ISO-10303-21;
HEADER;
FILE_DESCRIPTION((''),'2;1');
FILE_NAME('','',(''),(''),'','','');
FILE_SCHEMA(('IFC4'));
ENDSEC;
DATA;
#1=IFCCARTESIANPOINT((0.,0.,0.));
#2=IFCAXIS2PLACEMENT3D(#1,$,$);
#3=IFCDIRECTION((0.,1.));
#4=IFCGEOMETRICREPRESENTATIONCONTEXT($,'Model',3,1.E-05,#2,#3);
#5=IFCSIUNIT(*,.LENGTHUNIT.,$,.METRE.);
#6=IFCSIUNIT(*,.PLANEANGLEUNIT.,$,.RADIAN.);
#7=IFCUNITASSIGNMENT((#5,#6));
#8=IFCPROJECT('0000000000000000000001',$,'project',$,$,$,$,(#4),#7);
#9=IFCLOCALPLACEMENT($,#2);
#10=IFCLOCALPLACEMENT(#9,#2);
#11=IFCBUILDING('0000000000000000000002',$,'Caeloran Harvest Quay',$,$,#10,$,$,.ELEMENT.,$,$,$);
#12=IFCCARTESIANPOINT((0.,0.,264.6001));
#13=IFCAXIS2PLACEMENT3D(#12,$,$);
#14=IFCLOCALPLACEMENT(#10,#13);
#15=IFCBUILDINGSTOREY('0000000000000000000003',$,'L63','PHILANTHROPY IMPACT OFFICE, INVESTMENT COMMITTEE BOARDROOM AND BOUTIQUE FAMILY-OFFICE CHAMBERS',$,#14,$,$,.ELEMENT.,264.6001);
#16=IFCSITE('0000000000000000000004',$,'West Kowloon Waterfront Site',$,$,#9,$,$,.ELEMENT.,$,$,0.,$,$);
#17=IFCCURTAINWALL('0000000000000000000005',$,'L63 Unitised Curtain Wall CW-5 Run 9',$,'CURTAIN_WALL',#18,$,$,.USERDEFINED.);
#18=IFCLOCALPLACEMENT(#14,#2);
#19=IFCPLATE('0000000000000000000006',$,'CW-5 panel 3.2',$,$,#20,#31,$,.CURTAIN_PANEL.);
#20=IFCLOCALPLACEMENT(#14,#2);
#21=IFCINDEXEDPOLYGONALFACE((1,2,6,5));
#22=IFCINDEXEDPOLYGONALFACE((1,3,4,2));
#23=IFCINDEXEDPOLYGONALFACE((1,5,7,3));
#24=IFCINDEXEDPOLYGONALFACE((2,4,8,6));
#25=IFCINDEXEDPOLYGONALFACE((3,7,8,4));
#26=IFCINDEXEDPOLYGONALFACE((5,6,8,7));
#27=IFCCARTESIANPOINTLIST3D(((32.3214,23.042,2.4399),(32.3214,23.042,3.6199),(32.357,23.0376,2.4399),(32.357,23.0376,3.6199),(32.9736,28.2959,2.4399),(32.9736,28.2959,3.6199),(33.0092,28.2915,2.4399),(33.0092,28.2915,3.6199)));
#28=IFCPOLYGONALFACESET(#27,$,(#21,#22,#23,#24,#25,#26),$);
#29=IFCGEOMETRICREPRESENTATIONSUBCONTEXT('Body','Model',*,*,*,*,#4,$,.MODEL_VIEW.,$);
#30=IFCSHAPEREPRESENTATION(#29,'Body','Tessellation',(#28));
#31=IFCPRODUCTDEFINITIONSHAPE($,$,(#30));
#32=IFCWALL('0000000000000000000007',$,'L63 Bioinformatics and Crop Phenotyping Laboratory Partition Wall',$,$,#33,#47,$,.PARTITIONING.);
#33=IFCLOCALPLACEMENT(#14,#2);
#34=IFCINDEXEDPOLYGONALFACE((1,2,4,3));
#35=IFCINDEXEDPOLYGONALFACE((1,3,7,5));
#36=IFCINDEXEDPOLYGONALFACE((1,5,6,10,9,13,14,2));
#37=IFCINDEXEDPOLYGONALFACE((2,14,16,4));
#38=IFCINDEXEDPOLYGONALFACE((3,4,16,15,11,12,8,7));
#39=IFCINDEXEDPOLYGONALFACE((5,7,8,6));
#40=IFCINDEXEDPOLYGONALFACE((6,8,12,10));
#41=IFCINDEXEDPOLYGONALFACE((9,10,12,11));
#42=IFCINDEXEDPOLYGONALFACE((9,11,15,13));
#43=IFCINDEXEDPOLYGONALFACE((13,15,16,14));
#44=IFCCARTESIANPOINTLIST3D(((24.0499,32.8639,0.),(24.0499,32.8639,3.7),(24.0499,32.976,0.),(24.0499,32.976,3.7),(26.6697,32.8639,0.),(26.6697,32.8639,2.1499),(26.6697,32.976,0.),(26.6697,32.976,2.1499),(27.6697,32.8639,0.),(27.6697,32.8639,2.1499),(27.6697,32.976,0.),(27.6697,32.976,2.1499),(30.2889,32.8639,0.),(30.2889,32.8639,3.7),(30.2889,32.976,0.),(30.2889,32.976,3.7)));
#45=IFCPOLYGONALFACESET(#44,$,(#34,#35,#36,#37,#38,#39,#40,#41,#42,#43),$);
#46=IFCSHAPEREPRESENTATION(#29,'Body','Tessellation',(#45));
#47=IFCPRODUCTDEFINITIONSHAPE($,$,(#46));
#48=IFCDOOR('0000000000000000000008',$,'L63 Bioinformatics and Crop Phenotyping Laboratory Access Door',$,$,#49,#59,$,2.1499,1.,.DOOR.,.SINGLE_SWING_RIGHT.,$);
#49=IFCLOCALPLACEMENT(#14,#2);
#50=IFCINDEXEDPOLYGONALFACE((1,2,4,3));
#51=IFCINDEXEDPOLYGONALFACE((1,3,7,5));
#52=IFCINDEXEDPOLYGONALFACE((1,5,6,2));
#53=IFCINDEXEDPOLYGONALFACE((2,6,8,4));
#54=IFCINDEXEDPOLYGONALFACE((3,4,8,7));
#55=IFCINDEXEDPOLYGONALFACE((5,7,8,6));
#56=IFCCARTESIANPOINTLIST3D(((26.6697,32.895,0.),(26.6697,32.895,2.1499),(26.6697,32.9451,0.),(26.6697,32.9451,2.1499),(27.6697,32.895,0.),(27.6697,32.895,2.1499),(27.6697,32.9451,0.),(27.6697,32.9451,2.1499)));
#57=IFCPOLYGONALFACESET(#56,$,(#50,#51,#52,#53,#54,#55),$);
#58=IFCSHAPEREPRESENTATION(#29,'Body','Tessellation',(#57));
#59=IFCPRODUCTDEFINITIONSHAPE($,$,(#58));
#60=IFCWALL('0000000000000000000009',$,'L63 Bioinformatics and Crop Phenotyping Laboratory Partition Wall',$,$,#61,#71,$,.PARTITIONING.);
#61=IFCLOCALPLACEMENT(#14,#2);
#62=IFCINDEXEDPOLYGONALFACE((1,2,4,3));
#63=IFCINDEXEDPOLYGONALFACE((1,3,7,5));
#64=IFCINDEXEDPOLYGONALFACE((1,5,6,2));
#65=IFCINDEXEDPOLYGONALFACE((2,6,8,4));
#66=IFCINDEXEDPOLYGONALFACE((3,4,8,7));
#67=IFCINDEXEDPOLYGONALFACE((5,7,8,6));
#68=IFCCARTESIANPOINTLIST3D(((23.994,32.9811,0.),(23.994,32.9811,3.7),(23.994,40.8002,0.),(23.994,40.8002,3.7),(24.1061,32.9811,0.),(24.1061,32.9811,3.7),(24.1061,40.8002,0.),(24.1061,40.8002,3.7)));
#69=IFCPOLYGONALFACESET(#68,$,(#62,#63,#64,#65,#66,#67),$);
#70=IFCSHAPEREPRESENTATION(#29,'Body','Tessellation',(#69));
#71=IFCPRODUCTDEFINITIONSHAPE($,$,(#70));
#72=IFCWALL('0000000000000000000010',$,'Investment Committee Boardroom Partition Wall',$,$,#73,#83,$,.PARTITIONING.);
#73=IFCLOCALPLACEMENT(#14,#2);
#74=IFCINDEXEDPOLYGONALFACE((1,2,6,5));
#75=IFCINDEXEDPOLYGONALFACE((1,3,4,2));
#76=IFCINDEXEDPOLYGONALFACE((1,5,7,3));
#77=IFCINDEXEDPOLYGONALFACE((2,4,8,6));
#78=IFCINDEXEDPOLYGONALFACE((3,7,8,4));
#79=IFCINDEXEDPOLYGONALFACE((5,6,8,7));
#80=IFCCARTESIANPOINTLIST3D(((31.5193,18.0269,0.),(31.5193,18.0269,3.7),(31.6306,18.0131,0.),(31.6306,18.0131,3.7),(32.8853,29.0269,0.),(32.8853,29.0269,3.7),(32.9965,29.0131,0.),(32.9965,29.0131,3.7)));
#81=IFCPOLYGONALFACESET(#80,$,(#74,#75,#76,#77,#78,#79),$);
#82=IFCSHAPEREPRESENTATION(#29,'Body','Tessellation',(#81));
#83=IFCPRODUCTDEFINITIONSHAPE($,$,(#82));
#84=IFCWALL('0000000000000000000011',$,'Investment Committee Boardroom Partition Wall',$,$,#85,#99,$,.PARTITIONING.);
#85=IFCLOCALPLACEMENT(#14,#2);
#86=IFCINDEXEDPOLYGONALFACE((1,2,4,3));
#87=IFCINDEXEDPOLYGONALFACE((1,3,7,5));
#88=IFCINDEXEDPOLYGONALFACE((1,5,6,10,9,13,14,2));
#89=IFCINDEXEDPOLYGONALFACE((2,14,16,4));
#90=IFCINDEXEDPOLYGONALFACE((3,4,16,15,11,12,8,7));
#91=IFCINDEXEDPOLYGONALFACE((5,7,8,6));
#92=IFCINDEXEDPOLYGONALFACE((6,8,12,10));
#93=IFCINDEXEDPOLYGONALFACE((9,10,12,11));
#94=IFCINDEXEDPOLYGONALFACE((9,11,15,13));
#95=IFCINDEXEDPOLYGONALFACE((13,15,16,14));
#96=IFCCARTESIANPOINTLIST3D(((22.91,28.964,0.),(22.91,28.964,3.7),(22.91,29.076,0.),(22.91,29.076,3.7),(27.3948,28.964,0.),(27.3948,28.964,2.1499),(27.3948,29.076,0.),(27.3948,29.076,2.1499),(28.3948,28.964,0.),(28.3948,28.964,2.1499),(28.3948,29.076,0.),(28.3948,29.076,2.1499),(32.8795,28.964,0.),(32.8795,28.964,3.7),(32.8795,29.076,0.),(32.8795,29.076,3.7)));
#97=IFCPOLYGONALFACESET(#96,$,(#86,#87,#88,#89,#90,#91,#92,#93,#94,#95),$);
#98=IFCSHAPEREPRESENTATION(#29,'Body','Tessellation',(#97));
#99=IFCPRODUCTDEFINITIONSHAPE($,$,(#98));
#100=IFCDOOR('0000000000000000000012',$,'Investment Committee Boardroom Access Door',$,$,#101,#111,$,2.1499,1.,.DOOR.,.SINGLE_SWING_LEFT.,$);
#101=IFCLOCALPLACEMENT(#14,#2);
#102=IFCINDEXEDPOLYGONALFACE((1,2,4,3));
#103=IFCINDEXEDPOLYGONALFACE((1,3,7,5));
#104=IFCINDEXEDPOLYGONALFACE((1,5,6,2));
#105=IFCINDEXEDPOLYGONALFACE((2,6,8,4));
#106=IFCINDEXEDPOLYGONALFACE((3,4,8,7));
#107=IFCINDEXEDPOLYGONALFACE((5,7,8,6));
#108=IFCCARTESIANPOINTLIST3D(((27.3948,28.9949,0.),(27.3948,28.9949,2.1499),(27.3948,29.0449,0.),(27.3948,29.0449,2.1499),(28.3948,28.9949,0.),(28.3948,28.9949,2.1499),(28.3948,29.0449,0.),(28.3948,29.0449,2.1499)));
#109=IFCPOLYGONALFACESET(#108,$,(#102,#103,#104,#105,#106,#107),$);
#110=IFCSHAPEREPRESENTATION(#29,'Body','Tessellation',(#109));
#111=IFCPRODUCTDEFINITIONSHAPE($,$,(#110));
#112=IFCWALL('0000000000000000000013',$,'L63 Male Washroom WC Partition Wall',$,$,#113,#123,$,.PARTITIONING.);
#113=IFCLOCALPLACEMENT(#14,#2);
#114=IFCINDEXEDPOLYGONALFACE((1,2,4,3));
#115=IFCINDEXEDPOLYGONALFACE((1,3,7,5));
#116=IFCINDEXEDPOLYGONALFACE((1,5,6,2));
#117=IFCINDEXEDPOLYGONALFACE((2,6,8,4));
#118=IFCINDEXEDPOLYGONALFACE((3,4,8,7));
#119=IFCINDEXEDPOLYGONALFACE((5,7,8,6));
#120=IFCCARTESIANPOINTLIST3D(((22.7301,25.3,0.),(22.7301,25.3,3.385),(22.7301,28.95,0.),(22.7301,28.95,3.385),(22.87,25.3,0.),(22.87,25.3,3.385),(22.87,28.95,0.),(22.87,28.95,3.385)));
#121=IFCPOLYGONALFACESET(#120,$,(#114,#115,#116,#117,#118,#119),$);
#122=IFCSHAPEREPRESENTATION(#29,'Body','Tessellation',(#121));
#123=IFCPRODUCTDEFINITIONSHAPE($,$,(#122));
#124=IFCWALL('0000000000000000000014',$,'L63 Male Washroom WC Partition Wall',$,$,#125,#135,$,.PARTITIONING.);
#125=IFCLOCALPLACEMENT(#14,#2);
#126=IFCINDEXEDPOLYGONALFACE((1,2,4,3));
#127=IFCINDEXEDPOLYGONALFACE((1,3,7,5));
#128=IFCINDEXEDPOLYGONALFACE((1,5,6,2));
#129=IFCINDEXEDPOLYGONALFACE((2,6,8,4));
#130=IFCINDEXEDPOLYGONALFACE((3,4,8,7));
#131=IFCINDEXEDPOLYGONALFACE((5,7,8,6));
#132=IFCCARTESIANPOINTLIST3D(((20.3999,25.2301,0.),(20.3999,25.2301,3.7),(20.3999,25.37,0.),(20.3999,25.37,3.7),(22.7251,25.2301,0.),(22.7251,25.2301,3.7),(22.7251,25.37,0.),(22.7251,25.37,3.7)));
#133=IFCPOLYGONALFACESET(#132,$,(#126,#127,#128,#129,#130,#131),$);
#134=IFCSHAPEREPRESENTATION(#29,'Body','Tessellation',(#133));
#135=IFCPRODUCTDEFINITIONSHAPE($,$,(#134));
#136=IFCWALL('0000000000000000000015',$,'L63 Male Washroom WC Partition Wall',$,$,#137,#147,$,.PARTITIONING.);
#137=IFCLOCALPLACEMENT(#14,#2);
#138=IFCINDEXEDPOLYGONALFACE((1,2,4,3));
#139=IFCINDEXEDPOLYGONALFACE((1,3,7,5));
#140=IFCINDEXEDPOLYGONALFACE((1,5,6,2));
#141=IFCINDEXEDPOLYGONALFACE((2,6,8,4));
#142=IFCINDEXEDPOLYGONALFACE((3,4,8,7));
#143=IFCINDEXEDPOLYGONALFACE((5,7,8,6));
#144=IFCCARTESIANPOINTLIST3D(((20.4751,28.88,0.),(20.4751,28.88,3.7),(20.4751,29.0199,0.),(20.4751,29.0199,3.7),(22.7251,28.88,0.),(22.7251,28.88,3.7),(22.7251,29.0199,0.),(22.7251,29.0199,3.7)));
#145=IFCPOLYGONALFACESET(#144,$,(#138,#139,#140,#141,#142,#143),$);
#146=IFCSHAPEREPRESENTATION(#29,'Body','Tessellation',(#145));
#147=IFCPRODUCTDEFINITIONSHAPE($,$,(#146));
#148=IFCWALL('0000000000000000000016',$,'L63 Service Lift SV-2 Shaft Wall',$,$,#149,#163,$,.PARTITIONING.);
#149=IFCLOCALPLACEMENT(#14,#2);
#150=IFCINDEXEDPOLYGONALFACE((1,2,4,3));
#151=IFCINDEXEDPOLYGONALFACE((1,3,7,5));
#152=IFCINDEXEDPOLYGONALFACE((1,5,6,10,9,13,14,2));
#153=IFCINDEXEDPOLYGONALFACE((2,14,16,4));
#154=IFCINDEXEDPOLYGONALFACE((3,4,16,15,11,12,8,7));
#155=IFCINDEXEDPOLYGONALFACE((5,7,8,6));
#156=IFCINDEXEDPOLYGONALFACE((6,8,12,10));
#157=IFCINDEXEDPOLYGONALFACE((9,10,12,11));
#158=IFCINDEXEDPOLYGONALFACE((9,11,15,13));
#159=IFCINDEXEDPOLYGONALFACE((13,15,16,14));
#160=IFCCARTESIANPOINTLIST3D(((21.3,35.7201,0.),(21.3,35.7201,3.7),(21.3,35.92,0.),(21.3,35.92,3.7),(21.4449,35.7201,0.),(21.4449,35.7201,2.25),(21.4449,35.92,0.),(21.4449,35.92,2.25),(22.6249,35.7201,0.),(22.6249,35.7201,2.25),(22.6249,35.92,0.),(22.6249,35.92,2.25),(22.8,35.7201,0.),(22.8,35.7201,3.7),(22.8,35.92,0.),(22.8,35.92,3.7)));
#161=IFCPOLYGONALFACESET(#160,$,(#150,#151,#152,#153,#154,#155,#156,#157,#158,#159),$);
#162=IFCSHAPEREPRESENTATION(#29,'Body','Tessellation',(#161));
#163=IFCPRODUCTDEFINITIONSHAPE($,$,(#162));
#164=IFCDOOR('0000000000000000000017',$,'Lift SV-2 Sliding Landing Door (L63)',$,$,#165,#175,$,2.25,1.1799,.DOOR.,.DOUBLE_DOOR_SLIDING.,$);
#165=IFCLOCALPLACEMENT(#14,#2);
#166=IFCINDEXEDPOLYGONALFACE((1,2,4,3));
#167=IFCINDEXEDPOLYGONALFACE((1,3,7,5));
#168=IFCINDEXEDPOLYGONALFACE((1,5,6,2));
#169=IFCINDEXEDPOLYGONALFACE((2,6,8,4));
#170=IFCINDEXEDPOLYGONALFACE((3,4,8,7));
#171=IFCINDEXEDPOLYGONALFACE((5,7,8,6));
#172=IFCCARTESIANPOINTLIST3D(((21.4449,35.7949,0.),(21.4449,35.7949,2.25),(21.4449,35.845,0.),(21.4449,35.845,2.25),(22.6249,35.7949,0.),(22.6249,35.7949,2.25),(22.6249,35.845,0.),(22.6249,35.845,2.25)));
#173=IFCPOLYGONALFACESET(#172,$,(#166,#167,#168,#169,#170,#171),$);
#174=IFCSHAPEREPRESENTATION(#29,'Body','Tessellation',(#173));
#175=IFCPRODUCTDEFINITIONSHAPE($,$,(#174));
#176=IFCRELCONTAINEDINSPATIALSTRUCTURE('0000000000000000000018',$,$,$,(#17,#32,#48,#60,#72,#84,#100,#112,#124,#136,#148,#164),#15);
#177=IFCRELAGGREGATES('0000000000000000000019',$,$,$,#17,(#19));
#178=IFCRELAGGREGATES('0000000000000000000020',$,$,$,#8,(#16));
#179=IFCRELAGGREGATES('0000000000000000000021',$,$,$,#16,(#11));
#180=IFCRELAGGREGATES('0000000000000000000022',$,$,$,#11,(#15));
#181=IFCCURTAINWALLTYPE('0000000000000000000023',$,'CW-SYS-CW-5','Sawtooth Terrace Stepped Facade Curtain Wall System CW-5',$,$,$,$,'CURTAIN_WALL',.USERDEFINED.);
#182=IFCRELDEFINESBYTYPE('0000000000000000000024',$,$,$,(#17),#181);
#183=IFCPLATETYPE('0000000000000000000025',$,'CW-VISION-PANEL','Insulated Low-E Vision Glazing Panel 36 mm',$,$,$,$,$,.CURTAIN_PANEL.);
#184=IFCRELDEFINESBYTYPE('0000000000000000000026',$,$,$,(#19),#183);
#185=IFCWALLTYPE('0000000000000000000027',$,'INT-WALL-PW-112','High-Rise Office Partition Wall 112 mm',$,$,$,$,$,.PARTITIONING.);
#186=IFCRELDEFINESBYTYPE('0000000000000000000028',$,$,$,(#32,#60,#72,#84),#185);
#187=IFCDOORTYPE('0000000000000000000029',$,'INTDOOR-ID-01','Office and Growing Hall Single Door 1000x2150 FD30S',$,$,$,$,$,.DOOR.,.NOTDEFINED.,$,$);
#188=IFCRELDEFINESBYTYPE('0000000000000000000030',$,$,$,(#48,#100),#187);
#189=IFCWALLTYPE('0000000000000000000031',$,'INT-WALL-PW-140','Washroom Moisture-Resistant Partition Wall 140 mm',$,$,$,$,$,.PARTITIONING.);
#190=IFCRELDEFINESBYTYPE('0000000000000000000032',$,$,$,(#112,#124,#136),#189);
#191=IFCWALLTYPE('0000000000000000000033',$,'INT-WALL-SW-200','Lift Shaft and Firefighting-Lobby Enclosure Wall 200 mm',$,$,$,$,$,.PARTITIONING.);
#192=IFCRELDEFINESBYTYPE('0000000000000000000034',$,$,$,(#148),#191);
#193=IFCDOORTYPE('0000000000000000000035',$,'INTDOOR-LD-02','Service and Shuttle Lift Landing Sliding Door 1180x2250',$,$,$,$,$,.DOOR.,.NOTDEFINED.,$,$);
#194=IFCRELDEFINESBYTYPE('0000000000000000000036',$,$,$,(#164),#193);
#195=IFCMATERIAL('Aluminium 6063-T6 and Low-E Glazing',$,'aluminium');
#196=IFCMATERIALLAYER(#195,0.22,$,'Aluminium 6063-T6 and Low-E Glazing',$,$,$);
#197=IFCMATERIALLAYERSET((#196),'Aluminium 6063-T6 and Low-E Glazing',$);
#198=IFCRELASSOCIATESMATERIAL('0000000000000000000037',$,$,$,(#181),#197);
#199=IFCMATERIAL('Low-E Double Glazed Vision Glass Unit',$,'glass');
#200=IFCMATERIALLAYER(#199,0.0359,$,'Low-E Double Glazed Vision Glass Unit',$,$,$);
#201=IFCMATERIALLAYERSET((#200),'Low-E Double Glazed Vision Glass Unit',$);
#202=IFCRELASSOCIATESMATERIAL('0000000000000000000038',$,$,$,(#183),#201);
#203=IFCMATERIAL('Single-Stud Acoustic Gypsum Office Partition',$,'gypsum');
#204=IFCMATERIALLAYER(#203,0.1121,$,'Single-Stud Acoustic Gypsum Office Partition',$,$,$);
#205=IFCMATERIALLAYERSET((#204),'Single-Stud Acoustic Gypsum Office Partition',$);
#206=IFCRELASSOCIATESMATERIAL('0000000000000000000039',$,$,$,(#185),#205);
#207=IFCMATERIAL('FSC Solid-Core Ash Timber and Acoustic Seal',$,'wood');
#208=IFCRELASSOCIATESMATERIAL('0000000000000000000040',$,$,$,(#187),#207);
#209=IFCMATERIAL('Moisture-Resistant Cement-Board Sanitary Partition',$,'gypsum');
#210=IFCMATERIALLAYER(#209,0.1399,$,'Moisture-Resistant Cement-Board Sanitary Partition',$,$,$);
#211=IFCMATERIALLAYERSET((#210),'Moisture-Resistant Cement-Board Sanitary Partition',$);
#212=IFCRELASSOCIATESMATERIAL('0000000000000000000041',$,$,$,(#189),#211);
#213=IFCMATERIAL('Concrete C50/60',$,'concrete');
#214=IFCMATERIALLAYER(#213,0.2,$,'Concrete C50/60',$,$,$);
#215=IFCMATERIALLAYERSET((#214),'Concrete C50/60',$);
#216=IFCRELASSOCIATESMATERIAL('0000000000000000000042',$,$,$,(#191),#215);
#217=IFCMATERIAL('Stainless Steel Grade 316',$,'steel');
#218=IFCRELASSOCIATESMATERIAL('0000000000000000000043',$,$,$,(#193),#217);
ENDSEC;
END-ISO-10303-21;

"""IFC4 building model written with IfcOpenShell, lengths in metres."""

from ifc_helpers import new_model, si_unit, direction, frame, frame_2d, origin, origin_2d, place, context, subcontext, project, spatial, rectangle, extrude, material, layer, layer_set, type_object, element, fill, aggregate, save


model = new_model("IFC4")

# Units and contexts
model_context = context("Model", 3, precision=1e-05, world=origin(), true_north=direction((0.0, 1.0)))
body_context = subcontext(model_context, "Body", "Model", "MODEL_VIEW")
ifc_project = project(units=[si_unit("LENGTHUNIT", "METRE"), si_unit("PLANEANGLEUNIT", "RADIAN")], contexts=[model_context])

# Site, building, storey
site_placement = place(None, origin())
site = spatial("IfcSite", under=ifc_project, at=site_placement, Name="West Kowloon Waterfront Site", CompositionType="ELEMENT", RefElevation=0.0)
building_placement = place(site_placement, origin())
building = spatial("IfcBuilding", under=site, at=building_placement, Name="Caeloran Harvest Quay", CompositionType="ELEMENT")
storey_placement = place(building_placement, frame((0.0, 0.0, 264.6001)))
storey = spatial("IfcBuildingStorey", under=building, at=storey_placement, Name="L63", Description="PHILANTHROPY IMPACT OFFICE, INVESTMENT COMMITTEE BOARDROOM AND BOUTIQUE FAMILY-OFFICE CHAMBERS", CompositionType="ELEMENT", Elevation=264.6001)

# Curtain wall, plate
ifc_material_1 = material(Name="Aluminium 6063-T6 and Low-E Glazing", Category="aluminium")
ifc_layer_1 = layer(ifc_material_1, 0.22, Name="Aluminium 6063-T6 and Low-E Glazing")
ifc_layer_set_1 = layer_set([ifc_layer_1], Name="Aluminium 6063-T6 and Low-E Glazing")
curtain_wall_type = type_object("IfcCurtainWallType", Name="CW-SYS-CW-5", Description="Sawtooth Terrace Stepped Facade Curtain Wall System CW-5", ElementType="CURTAIN_WALL", PredefinedType="USERDEFINED", material=ifc_layer_set_1)
curtain_wall_placement = place(storey_placement, origin())
curtain_wall = element("IfcCurtainWall", 1, at=curtain_wall_placement, inside=storey, type_object=curtain_wall_type, Name="L63 Unitised Curtain Wall CW-5 Run 9", ObjectType="CURTAIN_WALL", PredefinedType="USERDEFINED")
ifc_material_2 = material(Name="Low-E Double Glazed Vision Glass Unit", Category="glass")
ifc_layer_2 = layer(ifc_material_2, 0.0359, Name="Low-E Double Glazed Vision Glass Unit")
ifc_layer_set_2 = layer_set([ifc_layer_2], Name="Low-E Double Glazed Vision Glass Unit")
plate_type = type_object("IfcPlateType", Name="CW-VISION-PANEL", Description="Insulated Low-E Vision Glazing Panel 36 mm", PredefinedType="CURTAIN_PANEL", material=ifc_layer_set_2)
plate_1_placement = place(storey_placement, frame((32.6653, 25.6667, 2.4399), z_axis=(0.0, 0.0, 1.0), x_axis=(-0.12319, -0.992383, 0.0)))
plate_1 = element("IfcPlate", 2, at=plate_1_placement, type_object=plate_type, Name="CW-5 panel 3.2", PredefinedType="CURTAIN_PANEL", context=body_context, shape_type="SweptSolid", body=[
    extrude(rectangle(XDim=5.2942, YDim=0.0359, at=origin_2d()), origin(), (0.0, 0.0, 1.0), 1.1799),
])
aggregate(curtain_wall, [plate_1])

# Wall, opening, door
ifc_material_3 = material(Name="Single-Stud Acoustic Gypsum Office Partition", Category="gypsum")
ifc_layer_3 = layer(ifc_material_3, 0.1121, Name="Single-Stud Acoustic Gypsum Office Partition")
ifc_layer_set_3 = layer_set([ifc_layer_3], Name="Single-Stud Acoustic Gypsum Office Partition")
wall_type_1 = type_object("IfcWallType", Name="INT-WALL-PW-112", Description="High-Rise Office Partition Wall 112 mm", PredefinedType="PARTITIONING", material=ifc_layer_set_3)
wall_1_placement = place(storey_placement, frame((30.2891, 32.9199, 0.0), z_axis=(0.0, 0.0, 1.0), x_axis=(-1.0, 0.0, 0.0)))
wall_1 = element("IfcWall", 3, at=wall_1_placement, inside=storey, type_object=wall_type_1, Name="L63 Bioinformatics and Crop Phenotyping Laboratory Partition Wall", PredefinedType="PARTITIONING", context=body_context, shape_type="SweptSolid", body=[
    extrude(rectangle(XDim=6.239, YDim=0.1121, at=frame_2d((3.1196, 0.0))), origin(), (0.0, 0.0, 1.0), 3.7),
])
opening_1_placement = place(wall_1_placement, frame((2.6194, 0.0, 0.0)))
opening_1 = element("IfcOpeningElement", 4, at=opening_1_placement, cuts=wall_1, PredefinedType="OPENING", context=body_context, shape_type="SweptSolid", body=[
    extrude(rectangle(XDim=1.0, YDim=2.1499, at=frame_2d((0.5, 1.075))), frame((0.0, 0.0659, 0.0), z_axis=(0.0, -1.0, 0.0), x_axis=(1.0, 0.0, 0.0)), (0.0, 0.0, 1.0), 0.1321),
])
ifc_material_4 = material(Name="FSC Solid-Core Ash Timber and Acoustic Seal", Category="wood")
door_type_1 = type_object("IfcDoorType", Name="INTDOOR-ID-01", Description="Office and Growing Hall Single Door 1000x2150 FD30S", OperationType="NOTDEFINED", PredefinedType="DOOR", material=ifc_material_4)
door_1_placement = place(opening_1_placement, origin())
door_1 = element("IfcDoor", 5, at=door_1_placement, inside=storey, type_object=door_type_1, Name="L63 Bioinformatics and Crop Phenotyping Laboratory Access Door", OperationType="SINGLE_SWING_RIGHT", OverallHeight=2.1499, OverallWidth=1.0, PredefinedType="DOOR", context=body_context, shape_type="SweptSolid", body=[
    extrude(rectangle(XDim=1.0, YDim=2.1499, at=frame_2d((0.5, 1.075))), frame((0.0, 0.0249, 0.0), z_axis=(0.0, -1.0, 0.0), x_axis=(1.0, 0.0, 0.0)), (0.0, 0.0, 1.0), 0.05),
])
fill(opening_1, door_1)

# Walls
wall_2_placement = place(storey_placement, frame((24.05, 32.981, 0.0), z_axis=(0.0, 0.0, 1.0), x_axis=(0.0, 1.0, 0.0)))
element("IfcWall", 6, at=wall_2_placement, inside=storey, type_object=wall_type_1, Name="L63 Bioinformatics and Crop Phenotyping Laboratory Partition Wall", PredefinedType="PARTITIONING", context=body_context, shape_type="SweptSolid", body=[
    extrude(rectangle(XDim=7.8191, YDim=0.1121, at=frame_2d((3.9097, 0.0))), origin(), (0.0, 0.0, 1.0), 3.7),
])
wall_3_placement = place(storey_placement, frame((32.9409, 29.02, 0.0), z_axis=(0.0, 0.0, 1.0), x_axis=(-0.123232, -0.992378, 0.0)))
element("IfcWall", 7, at=wall_3_placement, inside=storey, type_object=wall_type_1, Name="Investment Committee Boardroom Partition Wall", PredefinedType="PARTITIONING", context=body_context, shape_type="SweptSolid", body=[
    extrude(rectangle(XDim=11.0845, YDim=0.1121, at=frame_2d((5.5422, 0.0))), origin(), (0.0, 0.0, 1.0), 3.7),
])

# Wall, opening, door
wall_4_placement = place(storey_placement, frame((22.9099, 29.02, 0.0), z_axis=(0.0, 0.0, 1.0), x_axis=(1.0, 0.0, 0.0)))
wall_4 = element("IfcWall", 8, at=wall_4_placement, inside=storey, type_object=wall_type_1, Name="Investment Committee Boardroom Partition Wall", PredefinedType="PARTITIONING", context=body_context, shape_type="SweptSolid", body=[
    extrude(rectangle(XDim=9.9695, YDim=0.1121, at=frame_2d((4.9849, 0.0))), origin(), (0.0, 0.0, 1.0), 3.7),
])
opening_2_placement = place(wall_4_placement, frame((4.4849, 0.0, 0.0)))
opening_2 = element("IfcOpeningElement", 9, at=opening_2_placement, cuts=wall_4, PredefinedType="OPENING", context=body_context, shape_type="SweptSolid", body=[
    extrude(rectangle(XDim=1.0, YDim=2.1499, at=frame_2d((0.5, 1.075))), frame((0.0, 0.0659, 0.0), z_axis=(0.0, -1.0, 0.0), x_axis=(1.0, 0.0, 0.0)), (0.0, 0.0, 1.0), 0.1321),
])
door_2_placement = place(opening_2_placement, origin())
door_2 = element("IfcDoor", 10, at=door_2_placement, inside=storey, type_object=door_type_1, Name="Investment Committee Boardroom Access Door", OperationType="SINGLE_SWING_LEFT", OverallHeight=2.1499, OverallWidth=1.0, PredefinedType="DOOR", context=body_context, shape_type="SweptSolid", body=[
    extrude(rectangle(XDim=1.0, YDim=2.1499, at=frame_2d((0.5, 1.075))), frame((0.0, 0.0249, 0.0), z_axis=(0.0, -1.0, 0.0), x_axis=(1.0, 0.0, 0.0)), (0.0, 0.0, 1.0), 0.05),
])
fill(opening_2, door_2)

# Walls
ifc_material_5 = material(Name="Moisture-Resistant Cement-Board Sanitary Partition", Category="gypsum")
ifc_layer_4 = layer(ifc_material_5, 0.1399, Name="Moisture-Resistant Cement-Board Sanitary Partition")
ifc_layer_set_4 = layer_set([ifc_layer_4], Name="Moisture-Resistant Cement-Board Sanitary Partition")
wall_type_2 = type_object("IfcWallType", Name="INT-WALL-PW-140", Description="Washroom Moisture-Resistant Partition Wall 140 mm", PredefinedType="PARTITIONING", material=ifc_layer_set_4)
wall_5_placement = place(storey_placement, frame((22.8, 28.95, 0.0), z_axis=(0.0, 0.0, 1.0), x_axis=(0.0, -1.0, 0.0)))
element("IfcWall", 11, at=wall_5_placement, inside=storey, type_object=wall_type_2, Name="L63 Male Washroom WC Partition Wall", PredefinedType="PARTITIONING", context=body_context, shape_type="SweptSolid", body=[
    extrude(rectangle(XDim=3.6499, YDim=0.1399, at=frame_2d((1.825, 0.0))), origin(), (0.0, 0.0, 1.0), 3.385),
])
wall_6_placement = place(storey_placement, frame((22.7251, 25.3, 0.0), z_axis=(0.0, 0.0, 1.0), x_axis=(-1.0, 0.0, 0.0)))
element("IfcWall", 12, at=wall_6_placement, inside=storey, type_object=wall_type_2, Name="L63 Male Washroom WC Partition Wall", PredefinedType="PARTITIONING", context=body_context, shape_type="SweptSolid", body=[
    extrude(rectangle(XDim=2.3252, YDim=0.1399, at=frame_2d((1.1626, 0.0))), origin(), (0.0, 0.0, 1.0), 3.7),
])

# Wall
wall_7_placement = place(storey_placement, frame((20.4751, 28.95, 0.0), z_axis=(0.0, 0.0, 1.0), x_axis=(1.0, 0.0, 0.0)))
element("IfcWall", 13, at=wall_7_placement, inside=storey, type_object=wall_type_2, Name="L63 Male Washroom WC Partition Wall", PredefinedType="PARTITIONING", context=body_context, shape_type="SweptSolid", body=[
    extrude(rectangle(XDim=2.25, YDim=0.1399, at=frame_2d((1.125, 0.0))), origin(), (0.0, 0.0, 1.0), 3.7),
])

# Wall, opening, door
ifc_material_6 = material(Name="Concrete C50/60", Category="concrete")
ifc_layer_5 = layer(ifc_material_6, 0.2, Name="Concrete C50/60")
ifc_layer_set_5 = layer_set([ifc_layer_5], Name="Concrete C50/60")
wall_type_3 = type_object("IfcWallType", Name="INT-WALL-SW-200", Description="Lift Shaft and Firefighting-Lobby Enclosure Wall 200 mm", PredefinedType="PARTITIONING", material=ifc_layer_set_5)
wall_8_placement = place(storey_placement, frame((21.3, 35.8201, 0.0), z_axis=(0.0, 0.0, 1.0), x_axis=(1.0, 0.0, 0.0)))
wall_8 = element("IfcWall", 14, at=wall_8_placement, inside=storey, type_object=wall_type_3, Name="L63 Service Lift SV-2 Shaft Wall", PredefinedType="PARTITIONING", context=body_context, shape_type="SweptSolid", body=[
    extrude(rectangle(XDim=1.5, YDim=0.2, at=frame_2d((0.75, 0.0))), origin(), (0.0, 0.0, 1.0), 3.7),
])
opening_3_placement = place(wall_8_placement, frame((0.145, 0.0, 0.0)))
opening_3 = element("IfcOpeningElement", 15, at=opening_3_placement, cuts=wall_8, PredefinedType="OPENING", context=body_context, shape_type="SweptSolid", body=[
    extrude(rectangle(XDim=1.1799, YDim=2.25, at=frame_2d((0.5898, 1.125))), frame((0.0, 0.1099, 0.0), z_axis=(0.0, -1.0, 0.0), x_axis=(1.0, 0.0, 0.0)), (0.0, 0.0, 1.0), 0.22),
])
ifc_material_7 = material(Name="Stainless Steel Grade 316", Category="steel")
door_type_2 = type_object("IfcDoorType", Name="INTDOOR-LD-02", Description="Service and Shuttle Lift Landing Sliding Door 1180x2250", OperationType="NOTDEFINED", PredefinedType="DOOR", material=ifc_material_7)
door_3_placement = place(opening_3_placement, origin())
door_3 = element("IfcDoor", 16, at=door_3_placement, inside=storey, type_object=door_type_2, Name="Lift SV-2 Sliding Landing Door (L63)", OperationType="DOUBLE_DOOR_SLIDING", OverallHeight=2.25, OverallWidth=1.1799, PredefinedType="DOOR", context=body_context, shape_type="SweptSolid", body=[
    extrude(rectangle(XDim=1.1799, YDim=2.25, at=frame_2d((0.5898, 1.125))), frame((0.0, 0.0249, 0.0), z_axis=(0.0, -1.0, 0.0), x_axis=(1.0, 0.0, 0.0)), (0.0, 0.0, 1.0), 0.05),
])
fill(opening_3, door_3)

save(model, "model.ifc")
